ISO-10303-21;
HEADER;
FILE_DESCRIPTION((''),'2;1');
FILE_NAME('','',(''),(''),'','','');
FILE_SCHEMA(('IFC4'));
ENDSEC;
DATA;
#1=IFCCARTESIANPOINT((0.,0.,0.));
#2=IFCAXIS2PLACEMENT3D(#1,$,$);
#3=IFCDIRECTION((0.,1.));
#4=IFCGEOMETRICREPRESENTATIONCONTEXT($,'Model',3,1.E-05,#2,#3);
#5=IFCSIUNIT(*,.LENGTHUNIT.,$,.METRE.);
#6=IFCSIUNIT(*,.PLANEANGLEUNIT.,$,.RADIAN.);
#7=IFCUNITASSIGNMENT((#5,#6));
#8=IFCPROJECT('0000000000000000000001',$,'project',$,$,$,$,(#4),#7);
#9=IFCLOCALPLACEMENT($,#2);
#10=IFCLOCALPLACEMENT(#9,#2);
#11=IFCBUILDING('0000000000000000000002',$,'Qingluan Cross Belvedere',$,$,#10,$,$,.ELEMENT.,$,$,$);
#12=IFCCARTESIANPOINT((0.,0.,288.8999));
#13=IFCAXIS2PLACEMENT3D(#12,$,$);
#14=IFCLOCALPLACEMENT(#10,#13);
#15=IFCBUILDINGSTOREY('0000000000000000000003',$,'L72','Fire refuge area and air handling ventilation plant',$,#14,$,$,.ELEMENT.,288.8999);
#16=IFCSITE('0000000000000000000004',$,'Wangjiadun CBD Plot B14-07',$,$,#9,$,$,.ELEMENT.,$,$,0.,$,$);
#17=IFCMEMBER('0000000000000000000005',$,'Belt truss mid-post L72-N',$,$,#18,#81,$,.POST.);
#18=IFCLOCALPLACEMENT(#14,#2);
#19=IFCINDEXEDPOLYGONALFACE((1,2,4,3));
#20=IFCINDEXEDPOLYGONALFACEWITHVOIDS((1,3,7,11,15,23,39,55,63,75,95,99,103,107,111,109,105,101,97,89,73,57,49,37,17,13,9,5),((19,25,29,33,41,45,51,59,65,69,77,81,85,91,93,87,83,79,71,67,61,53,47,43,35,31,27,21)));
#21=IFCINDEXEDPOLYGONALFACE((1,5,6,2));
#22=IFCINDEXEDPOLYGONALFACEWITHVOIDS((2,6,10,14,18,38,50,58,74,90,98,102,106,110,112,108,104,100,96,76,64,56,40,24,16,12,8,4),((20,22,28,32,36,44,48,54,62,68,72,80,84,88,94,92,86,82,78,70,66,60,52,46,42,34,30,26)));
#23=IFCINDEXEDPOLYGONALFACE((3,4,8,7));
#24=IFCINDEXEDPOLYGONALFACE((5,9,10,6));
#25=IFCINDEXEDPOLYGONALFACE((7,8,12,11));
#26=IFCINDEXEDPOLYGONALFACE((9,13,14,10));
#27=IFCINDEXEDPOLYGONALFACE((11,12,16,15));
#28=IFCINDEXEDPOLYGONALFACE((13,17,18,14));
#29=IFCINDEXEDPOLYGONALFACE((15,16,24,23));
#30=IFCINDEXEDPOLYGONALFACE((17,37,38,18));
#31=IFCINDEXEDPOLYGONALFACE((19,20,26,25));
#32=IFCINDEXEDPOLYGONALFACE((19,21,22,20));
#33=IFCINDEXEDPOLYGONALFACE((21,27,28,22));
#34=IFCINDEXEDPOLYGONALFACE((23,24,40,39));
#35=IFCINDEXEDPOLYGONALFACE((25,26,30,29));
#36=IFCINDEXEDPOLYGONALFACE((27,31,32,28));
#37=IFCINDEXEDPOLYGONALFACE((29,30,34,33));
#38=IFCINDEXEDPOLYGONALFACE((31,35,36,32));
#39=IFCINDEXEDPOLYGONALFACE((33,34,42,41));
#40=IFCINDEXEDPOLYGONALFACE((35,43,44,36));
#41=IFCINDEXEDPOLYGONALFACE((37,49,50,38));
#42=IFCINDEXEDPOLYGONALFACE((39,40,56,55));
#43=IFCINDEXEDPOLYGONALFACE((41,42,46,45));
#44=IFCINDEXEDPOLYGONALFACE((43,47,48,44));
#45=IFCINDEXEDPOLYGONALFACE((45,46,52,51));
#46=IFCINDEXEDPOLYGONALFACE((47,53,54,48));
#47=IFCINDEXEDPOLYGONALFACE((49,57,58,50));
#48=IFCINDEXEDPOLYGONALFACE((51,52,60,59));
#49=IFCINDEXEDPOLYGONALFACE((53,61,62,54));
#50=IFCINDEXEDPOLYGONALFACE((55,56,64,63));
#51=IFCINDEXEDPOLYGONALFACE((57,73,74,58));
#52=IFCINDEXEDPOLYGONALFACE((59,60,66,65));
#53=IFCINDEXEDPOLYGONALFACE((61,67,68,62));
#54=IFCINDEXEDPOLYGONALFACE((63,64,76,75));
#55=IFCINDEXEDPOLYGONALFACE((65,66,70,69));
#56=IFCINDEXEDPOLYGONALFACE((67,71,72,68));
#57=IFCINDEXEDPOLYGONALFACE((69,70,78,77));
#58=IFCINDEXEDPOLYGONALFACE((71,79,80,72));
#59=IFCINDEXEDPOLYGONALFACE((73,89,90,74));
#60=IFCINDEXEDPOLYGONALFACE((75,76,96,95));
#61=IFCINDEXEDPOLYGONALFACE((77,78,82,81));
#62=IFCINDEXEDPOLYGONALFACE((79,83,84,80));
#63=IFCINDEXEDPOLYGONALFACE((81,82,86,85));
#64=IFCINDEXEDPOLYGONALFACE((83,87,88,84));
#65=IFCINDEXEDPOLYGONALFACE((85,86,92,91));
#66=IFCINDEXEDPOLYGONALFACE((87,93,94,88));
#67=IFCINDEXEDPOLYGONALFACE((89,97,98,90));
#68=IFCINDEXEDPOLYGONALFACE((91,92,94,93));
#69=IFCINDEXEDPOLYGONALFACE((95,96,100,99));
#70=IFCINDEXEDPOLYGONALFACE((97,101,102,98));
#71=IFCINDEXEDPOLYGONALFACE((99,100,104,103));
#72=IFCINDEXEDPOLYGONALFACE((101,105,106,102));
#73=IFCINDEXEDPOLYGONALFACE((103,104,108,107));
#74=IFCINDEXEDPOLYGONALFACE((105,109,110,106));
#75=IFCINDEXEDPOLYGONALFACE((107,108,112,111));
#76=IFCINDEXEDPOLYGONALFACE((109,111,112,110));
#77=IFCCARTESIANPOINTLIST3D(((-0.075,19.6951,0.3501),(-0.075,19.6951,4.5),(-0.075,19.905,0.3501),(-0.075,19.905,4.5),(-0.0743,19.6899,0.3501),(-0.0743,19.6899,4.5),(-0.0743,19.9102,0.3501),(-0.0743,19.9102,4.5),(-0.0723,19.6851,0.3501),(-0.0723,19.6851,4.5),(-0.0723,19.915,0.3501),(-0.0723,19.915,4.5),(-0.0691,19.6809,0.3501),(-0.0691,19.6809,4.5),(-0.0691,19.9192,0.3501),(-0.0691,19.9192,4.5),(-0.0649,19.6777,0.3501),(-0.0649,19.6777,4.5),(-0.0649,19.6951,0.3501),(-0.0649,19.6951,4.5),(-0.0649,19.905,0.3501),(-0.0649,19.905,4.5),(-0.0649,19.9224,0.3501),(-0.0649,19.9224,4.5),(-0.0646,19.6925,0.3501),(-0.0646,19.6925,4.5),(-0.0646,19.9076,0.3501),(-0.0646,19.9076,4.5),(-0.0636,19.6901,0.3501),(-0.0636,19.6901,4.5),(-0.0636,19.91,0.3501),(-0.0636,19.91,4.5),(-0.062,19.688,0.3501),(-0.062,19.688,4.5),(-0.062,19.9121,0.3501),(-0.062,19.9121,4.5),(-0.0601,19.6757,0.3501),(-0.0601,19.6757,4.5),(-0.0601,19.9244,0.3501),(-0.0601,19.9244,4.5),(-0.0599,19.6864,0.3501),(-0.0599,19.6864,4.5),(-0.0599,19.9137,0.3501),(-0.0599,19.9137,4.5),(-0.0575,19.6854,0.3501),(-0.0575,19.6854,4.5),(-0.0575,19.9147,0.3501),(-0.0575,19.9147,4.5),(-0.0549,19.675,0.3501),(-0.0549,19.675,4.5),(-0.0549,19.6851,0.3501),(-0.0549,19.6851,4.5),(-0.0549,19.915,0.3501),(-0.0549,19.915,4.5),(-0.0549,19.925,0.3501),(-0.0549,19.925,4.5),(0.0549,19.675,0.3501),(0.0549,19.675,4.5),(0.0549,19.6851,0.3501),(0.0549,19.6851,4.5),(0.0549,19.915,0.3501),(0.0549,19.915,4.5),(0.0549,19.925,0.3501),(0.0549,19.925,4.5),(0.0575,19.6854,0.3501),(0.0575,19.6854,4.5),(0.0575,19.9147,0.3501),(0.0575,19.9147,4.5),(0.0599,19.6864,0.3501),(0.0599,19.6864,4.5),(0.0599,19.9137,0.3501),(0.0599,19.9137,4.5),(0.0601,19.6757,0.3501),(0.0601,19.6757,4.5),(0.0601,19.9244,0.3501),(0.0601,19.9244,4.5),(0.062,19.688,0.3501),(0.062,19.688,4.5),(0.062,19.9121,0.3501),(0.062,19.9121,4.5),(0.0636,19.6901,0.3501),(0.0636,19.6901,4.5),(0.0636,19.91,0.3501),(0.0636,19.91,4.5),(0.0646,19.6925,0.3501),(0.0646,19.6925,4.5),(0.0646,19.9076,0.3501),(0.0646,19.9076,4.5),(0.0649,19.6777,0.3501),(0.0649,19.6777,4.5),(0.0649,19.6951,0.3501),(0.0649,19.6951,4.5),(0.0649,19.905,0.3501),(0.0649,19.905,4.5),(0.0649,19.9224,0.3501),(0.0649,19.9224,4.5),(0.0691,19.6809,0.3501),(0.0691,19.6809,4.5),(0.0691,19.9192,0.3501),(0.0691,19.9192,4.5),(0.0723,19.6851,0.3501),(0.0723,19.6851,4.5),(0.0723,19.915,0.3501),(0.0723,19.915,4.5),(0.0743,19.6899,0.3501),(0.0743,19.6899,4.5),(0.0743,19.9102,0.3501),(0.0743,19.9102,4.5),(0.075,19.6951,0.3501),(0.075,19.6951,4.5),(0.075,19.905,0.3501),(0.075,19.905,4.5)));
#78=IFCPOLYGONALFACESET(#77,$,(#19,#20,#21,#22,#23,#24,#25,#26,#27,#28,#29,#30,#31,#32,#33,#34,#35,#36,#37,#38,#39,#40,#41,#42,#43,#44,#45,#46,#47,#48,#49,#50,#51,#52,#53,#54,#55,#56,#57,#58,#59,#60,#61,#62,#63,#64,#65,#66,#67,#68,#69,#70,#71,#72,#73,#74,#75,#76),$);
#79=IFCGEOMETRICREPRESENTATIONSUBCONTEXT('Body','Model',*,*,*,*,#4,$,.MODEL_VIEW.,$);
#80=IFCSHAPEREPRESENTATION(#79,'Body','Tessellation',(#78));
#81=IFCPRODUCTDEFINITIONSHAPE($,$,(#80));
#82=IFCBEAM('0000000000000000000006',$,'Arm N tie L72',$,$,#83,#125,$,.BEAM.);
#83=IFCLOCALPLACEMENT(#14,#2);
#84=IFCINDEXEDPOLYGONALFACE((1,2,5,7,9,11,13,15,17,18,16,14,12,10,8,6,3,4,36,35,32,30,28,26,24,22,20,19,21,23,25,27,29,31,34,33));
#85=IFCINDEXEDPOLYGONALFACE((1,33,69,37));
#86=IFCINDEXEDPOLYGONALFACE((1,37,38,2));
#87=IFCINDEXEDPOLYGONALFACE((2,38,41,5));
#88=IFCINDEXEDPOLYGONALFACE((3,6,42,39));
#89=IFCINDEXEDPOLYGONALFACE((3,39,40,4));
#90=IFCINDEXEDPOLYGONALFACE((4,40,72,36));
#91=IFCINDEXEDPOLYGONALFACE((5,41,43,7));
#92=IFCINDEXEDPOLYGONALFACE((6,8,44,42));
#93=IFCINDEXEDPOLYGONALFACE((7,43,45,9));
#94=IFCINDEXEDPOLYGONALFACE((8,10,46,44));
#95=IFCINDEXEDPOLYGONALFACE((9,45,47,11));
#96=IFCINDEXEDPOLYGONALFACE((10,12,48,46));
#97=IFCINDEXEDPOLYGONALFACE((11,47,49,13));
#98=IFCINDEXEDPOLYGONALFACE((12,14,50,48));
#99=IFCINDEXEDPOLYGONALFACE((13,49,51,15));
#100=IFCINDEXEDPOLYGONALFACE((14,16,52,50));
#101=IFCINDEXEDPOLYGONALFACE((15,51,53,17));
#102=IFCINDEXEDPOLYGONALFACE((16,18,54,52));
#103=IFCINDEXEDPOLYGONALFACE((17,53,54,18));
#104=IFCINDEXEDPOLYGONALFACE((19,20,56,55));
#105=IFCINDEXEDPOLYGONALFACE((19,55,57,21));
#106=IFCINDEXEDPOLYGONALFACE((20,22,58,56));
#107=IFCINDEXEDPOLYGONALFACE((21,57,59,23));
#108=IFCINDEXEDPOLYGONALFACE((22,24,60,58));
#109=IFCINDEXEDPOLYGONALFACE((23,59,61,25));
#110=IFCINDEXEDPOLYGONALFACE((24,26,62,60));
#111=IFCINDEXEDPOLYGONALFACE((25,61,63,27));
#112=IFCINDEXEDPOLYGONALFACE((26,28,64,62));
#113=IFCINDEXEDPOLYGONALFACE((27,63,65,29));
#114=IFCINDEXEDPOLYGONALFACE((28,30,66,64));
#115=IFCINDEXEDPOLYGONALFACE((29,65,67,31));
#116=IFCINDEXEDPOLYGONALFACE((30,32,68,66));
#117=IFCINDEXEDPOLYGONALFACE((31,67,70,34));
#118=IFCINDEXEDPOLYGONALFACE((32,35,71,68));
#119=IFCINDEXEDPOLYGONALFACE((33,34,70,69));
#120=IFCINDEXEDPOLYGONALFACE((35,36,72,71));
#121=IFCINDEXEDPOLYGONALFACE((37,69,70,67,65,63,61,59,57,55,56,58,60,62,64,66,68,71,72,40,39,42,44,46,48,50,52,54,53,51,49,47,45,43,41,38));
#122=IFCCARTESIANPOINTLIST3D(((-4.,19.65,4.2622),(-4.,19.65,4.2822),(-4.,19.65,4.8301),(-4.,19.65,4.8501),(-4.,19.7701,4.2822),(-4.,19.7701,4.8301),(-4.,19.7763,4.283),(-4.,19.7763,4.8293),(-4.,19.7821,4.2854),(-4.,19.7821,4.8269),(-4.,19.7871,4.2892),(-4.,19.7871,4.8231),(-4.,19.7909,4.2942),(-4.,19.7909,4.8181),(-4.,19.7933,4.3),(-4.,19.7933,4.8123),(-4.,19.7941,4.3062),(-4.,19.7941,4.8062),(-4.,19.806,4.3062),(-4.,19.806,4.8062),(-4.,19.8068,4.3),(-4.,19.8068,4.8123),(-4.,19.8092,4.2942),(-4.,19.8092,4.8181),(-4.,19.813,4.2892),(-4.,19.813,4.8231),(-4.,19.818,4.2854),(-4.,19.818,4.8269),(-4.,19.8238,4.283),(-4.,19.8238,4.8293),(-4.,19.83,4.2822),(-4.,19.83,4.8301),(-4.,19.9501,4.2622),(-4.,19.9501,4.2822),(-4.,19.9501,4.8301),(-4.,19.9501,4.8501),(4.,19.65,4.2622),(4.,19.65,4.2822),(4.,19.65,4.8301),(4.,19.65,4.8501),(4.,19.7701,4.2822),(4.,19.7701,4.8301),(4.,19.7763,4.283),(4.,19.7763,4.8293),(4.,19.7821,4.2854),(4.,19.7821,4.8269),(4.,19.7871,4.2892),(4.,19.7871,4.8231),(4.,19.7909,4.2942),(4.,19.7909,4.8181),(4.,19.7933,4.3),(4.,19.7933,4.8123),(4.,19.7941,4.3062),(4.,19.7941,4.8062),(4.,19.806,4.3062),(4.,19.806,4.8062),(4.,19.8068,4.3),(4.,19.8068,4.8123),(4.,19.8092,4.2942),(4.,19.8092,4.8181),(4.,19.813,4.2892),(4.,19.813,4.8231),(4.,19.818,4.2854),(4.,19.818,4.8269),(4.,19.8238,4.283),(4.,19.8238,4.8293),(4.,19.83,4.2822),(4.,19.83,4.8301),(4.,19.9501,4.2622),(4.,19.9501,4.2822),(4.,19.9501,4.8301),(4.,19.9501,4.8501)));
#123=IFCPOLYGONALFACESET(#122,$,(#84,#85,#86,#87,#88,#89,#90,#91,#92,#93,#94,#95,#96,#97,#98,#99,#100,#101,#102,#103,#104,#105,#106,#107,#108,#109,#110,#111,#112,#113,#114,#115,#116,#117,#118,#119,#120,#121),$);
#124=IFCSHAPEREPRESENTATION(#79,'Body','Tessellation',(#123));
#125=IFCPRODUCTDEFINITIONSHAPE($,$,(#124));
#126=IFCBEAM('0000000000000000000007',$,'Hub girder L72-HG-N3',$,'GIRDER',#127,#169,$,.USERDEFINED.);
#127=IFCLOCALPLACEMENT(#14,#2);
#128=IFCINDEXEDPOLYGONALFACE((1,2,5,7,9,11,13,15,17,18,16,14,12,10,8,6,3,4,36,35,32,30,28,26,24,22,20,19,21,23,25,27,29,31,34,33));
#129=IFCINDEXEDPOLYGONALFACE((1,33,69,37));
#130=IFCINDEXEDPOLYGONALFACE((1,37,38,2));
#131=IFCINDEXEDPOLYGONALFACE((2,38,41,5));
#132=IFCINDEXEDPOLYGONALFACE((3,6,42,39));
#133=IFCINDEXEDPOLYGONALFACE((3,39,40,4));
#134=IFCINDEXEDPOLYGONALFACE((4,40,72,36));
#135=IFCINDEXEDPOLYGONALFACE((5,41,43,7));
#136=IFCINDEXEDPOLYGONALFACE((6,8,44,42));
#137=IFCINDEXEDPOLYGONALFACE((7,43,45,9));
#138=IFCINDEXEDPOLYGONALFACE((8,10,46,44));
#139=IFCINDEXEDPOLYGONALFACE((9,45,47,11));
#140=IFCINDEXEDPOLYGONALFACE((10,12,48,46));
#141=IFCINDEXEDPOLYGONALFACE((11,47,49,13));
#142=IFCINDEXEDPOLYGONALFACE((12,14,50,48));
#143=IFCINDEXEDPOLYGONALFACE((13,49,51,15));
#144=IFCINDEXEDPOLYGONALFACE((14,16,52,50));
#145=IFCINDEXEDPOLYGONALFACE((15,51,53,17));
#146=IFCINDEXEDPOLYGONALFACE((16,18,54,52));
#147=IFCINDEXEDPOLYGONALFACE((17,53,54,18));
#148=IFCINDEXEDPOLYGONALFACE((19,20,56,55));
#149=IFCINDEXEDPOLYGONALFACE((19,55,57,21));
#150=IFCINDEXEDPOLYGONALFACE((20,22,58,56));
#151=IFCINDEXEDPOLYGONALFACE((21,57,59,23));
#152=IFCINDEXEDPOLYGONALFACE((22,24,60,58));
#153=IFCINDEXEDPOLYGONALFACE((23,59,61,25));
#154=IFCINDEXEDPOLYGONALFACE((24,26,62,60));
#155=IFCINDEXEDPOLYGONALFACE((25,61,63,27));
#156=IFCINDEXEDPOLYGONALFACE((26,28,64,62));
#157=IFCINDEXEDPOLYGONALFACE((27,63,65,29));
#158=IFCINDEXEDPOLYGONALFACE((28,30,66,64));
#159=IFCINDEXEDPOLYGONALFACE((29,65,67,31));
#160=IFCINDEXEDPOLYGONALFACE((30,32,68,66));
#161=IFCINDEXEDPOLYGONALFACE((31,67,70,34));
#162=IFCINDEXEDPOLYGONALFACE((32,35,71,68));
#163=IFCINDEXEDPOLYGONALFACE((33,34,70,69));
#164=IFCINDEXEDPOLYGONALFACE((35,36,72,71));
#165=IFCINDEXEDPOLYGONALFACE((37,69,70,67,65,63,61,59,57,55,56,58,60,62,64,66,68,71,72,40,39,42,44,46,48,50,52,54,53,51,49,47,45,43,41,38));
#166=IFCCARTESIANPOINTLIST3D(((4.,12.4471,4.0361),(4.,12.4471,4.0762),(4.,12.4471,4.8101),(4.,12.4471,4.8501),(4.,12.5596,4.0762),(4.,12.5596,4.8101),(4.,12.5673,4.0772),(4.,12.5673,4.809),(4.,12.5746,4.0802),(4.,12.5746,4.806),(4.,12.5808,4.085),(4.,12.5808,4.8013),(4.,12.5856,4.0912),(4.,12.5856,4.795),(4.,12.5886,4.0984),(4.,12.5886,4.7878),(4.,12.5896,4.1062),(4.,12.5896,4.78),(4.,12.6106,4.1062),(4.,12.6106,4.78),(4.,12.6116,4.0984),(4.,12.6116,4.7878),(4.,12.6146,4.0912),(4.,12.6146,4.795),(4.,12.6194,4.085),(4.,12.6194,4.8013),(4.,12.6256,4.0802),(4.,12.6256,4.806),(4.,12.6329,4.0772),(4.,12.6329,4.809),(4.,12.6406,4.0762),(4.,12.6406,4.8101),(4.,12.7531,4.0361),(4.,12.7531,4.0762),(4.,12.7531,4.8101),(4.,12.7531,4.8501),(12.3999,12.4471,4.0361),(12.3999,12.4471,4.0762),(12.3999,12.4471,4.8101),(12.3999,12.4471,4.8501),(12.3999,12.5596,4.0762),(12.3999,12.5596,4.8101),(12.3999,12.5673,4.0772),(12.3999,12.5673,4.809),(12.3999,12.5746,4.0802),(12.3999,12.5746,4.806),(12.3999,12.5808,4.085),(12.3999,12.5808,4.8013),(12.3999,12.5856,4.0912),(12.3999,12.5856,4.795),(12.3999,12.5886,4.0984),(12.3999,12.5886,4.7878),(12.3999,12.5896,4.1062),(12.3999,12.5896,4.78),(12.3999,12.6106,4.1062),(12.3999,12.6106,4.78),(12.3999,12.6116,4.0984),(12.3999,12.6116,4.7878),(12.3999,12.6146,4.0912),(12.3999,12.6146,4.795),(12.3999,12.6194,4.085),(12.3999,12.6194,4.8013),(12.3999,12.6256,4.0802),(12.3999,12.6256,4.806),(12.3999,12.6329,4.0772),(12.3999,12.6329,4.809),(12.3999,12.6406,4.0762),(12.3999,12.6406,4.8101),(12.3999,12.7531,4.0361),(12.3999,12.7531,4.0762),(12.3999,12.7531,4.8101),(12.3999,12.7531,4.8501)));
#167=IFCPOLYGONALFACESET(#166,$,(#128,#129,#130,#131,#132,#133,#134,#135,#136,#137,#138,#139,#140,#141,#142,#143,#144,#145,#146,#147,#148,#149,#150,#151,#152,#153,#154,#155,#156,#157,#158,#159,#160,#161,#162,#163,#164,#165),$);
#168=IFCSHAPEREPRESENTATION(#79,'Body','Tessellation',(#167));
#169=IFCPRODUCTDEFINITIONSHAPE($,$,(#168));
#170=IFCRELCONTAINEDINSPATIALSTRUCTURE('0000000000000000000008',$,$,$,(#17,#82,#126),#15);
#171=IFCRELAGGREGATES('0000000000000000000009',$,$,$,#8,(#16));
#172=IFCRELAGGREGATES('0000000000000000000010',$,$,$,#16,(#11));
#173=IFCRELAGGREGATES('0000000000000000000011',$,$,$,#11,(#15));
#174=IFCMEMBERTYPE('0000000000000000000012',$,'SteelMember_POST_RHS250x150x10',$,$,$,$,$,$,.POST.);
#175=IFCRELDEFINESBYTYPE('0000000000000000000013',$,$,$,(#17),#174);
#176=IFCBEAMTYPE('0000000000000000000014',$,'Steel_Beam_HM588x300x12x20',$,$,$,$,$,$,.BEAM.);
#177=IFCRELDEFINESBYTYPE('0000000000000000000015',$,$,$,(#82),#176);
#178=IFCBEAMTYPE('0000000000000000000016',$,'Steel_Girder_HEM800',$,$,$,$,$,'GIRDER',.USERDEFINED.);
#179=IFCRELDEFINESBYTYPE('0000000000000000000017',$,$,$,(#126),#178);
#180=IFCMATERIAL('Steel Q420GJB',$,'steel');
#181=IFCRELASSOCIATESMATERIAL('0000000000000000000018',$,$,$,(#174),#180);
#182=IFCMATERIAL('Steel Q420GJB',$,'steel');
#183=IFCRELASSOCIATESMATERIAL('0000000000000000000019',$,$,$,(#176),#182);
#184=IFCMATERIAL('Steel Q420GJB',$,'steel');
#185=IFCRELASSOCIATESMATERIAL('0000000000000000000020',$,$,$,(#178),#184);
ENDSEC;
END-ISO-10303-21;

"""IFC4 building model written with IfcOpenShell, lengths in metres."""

from ifc_helpers import new_model, si_unit, direction, frame, origin, origin_2d, place, context, subcontext, project, spatial, hollow_rectangle, i_section, extrude, material, material_profile, profile_set, type_object, element, save


model = new_model("IFC4")

# Units and contexts
model_context = context("Model", 3, precision=1e-05, world=origin(), true_north=direction((0.0, 1.0)))
body_context = subcontext(model_context, "Body", "Model", "MODEL_VIEW")
ifc_project = project(units=[si_unit("LENGTHUNIT", "METRE"), si_unit("PLANEANGLEUNIT", "RADIAN")], contexts=[model_context])

# Site, building, storey
site_placement = place(None, origin())
site = spatial("IfcSite", under=ifc_project, at=site_placement, Name="Wangjiadun CBD Plot B14-07", CompositionType="ELEMENT", RefElevation=0.0)
building_placement = place(site_placement, origin())
building = spatial("IfcBuilding", under=site, at=building_placement, Name="Qingluan Cross Belvedere", CompositionType="ELEMENT")
storey_placement = place(building_placement, frame((0.0, 0.0, 288.8999)))
storey = spatial("IfcBuildingStorey", under=building, at=storey_placement, Name="L72", Description="Fire refuge area and air handling ventilation plant", CompositionType="ELEMENT", Elevation=288.8999)

# Member
ifc_material_1 = material(Name="Steel Q420GJB", Category="steel")
ifc_material_profile_1 = material_profile(ifc_material_1, hollow_rectangle(XDim=0.1499, YDim=0.25, WallThickness=0.01, InnerFilletRadius=0.01, OuterFilletRadius=0.02, at=origin_2d()), Name="RHS250x150x10")
ifc_profile_set_1 = profile_set([ifc_material_profile_1], Name="Steel Q420GJB")
member_type_1 = type_object("IfcMemberType", Name="SteelMember_POST_RHS250x150x10", PredefinedType="POST", material=ifc_profile_set_1)
member_placement = place(storey_placement, frame((0.0, 19.8, 0.3501), z_axis=(0.0, 0.0, 1.0), x_axis=(1.0, 0.0, 0.0)))
element("IfcMember", 1, at=member_placement, inside=storey, type_object=member_type_1, Name="Belt truss mid-post L72-N", PredefinedType="POST", context=body_context, shape_type="SweptSolid", body=[
    extrude(hollow_rectangle(XDim=0.1499, YDim=0.25, WallThickness=0.01, InnerFilletRadius=0.01, OuterFilletRadius=0.02, at=origin_2d()), origin(), (0.0, 0.0, 1.0), 4.1499),
])

# Beams
ifc_material_2 = material(Name="Steel Q420GJB", Category="steel")
ifc_material_profile_2 = material_profile(ifc_material_2, i_section(OverallWidth=0.3, OverallDepth=0.5879, WebThickness=0.012, FlangeThickness=0.02, FilletRadius=0.0239, at=origin_2d()), Name="HM588x300x12x20")
ifc_profile_set_2 = profile_set([ifc_material_profile_2], Name="Steel Q420GJB")
beam_type_1 = type_object("IfcBeamType", Name="Steel_Beam_HM588x300x12x20", PredefinedType="BEAM", material=ifc_profile_set_2)
beam_1_placement = place(storey_placement, frame((-4.0, 19.8, 4.5562), z_axis=(1.0, 0.0, 0.0), x_axis=(0.0, 1.0, 0.0)))
element("IfcBeam", 2, at=beam_1_placement, inside=storey, type_object=beam_type_1, Name="Arm N tie L72", PredefinedType="BEAM", context=body_context, shape_type="SweptSolid", body=[
    extrude(i_section(OverallWidth=0.3, OverallDepth=0.5879, WebThickness=0.012, FlangeThickness=0.02, FilletRadius=0.0239, at=origin_2d()), origin(), (0.0, 0.0, 1.0), 8.0),
])
ifc_material_3 = material(Name="Steel Q420GJB", Category="steel")
ifc_material_profile_3 = material_profile(ifc_material_3, i_section(OverallWidth=0.3059, OverallDepth=0.814, WebThickness=0.021, FlangeThickness=0.04, FilletRadius=0.03, at=origin_2d()), Name="HEM800")
ifc_profile_set_3 = profile_set([ifc_material_profile_3], Name="Steel Q420GJB")
beam_type_2 = type_object("IfcBeamType", Name="Steel_Girder_HEM800", ElementType="GIRDER", PredefinedType="USERDEFINED", material=ifc_profile_set_3)
beam_2_placement = place(storey_placement, frame((4.0, 12.6001, 4.4431), z_axis=(1.0, 0.0, 0.0), x_axis=(0.0, 1.0, 0.0)))
element("IfcBeam", 3, at=beam_2_placement, inside=storey, type_object=beam_type_2, Name="Hub girder L72-HG-N3", ObjectType="GIRDER", PredefinedType="USERDEFINED", context=body_context, shape_type="SweptSolid", body=[
    extrude(i_section(OverallWidth=0.3059, OverallDepth=0.814, WebThickness=0.021, FlangeThickness=0.04, FilletRadius=0.03, at=origin_2d()), origin(), (0.0, 0.0, 1.0), 8.3999),
])

save(model, "model.ifc")
